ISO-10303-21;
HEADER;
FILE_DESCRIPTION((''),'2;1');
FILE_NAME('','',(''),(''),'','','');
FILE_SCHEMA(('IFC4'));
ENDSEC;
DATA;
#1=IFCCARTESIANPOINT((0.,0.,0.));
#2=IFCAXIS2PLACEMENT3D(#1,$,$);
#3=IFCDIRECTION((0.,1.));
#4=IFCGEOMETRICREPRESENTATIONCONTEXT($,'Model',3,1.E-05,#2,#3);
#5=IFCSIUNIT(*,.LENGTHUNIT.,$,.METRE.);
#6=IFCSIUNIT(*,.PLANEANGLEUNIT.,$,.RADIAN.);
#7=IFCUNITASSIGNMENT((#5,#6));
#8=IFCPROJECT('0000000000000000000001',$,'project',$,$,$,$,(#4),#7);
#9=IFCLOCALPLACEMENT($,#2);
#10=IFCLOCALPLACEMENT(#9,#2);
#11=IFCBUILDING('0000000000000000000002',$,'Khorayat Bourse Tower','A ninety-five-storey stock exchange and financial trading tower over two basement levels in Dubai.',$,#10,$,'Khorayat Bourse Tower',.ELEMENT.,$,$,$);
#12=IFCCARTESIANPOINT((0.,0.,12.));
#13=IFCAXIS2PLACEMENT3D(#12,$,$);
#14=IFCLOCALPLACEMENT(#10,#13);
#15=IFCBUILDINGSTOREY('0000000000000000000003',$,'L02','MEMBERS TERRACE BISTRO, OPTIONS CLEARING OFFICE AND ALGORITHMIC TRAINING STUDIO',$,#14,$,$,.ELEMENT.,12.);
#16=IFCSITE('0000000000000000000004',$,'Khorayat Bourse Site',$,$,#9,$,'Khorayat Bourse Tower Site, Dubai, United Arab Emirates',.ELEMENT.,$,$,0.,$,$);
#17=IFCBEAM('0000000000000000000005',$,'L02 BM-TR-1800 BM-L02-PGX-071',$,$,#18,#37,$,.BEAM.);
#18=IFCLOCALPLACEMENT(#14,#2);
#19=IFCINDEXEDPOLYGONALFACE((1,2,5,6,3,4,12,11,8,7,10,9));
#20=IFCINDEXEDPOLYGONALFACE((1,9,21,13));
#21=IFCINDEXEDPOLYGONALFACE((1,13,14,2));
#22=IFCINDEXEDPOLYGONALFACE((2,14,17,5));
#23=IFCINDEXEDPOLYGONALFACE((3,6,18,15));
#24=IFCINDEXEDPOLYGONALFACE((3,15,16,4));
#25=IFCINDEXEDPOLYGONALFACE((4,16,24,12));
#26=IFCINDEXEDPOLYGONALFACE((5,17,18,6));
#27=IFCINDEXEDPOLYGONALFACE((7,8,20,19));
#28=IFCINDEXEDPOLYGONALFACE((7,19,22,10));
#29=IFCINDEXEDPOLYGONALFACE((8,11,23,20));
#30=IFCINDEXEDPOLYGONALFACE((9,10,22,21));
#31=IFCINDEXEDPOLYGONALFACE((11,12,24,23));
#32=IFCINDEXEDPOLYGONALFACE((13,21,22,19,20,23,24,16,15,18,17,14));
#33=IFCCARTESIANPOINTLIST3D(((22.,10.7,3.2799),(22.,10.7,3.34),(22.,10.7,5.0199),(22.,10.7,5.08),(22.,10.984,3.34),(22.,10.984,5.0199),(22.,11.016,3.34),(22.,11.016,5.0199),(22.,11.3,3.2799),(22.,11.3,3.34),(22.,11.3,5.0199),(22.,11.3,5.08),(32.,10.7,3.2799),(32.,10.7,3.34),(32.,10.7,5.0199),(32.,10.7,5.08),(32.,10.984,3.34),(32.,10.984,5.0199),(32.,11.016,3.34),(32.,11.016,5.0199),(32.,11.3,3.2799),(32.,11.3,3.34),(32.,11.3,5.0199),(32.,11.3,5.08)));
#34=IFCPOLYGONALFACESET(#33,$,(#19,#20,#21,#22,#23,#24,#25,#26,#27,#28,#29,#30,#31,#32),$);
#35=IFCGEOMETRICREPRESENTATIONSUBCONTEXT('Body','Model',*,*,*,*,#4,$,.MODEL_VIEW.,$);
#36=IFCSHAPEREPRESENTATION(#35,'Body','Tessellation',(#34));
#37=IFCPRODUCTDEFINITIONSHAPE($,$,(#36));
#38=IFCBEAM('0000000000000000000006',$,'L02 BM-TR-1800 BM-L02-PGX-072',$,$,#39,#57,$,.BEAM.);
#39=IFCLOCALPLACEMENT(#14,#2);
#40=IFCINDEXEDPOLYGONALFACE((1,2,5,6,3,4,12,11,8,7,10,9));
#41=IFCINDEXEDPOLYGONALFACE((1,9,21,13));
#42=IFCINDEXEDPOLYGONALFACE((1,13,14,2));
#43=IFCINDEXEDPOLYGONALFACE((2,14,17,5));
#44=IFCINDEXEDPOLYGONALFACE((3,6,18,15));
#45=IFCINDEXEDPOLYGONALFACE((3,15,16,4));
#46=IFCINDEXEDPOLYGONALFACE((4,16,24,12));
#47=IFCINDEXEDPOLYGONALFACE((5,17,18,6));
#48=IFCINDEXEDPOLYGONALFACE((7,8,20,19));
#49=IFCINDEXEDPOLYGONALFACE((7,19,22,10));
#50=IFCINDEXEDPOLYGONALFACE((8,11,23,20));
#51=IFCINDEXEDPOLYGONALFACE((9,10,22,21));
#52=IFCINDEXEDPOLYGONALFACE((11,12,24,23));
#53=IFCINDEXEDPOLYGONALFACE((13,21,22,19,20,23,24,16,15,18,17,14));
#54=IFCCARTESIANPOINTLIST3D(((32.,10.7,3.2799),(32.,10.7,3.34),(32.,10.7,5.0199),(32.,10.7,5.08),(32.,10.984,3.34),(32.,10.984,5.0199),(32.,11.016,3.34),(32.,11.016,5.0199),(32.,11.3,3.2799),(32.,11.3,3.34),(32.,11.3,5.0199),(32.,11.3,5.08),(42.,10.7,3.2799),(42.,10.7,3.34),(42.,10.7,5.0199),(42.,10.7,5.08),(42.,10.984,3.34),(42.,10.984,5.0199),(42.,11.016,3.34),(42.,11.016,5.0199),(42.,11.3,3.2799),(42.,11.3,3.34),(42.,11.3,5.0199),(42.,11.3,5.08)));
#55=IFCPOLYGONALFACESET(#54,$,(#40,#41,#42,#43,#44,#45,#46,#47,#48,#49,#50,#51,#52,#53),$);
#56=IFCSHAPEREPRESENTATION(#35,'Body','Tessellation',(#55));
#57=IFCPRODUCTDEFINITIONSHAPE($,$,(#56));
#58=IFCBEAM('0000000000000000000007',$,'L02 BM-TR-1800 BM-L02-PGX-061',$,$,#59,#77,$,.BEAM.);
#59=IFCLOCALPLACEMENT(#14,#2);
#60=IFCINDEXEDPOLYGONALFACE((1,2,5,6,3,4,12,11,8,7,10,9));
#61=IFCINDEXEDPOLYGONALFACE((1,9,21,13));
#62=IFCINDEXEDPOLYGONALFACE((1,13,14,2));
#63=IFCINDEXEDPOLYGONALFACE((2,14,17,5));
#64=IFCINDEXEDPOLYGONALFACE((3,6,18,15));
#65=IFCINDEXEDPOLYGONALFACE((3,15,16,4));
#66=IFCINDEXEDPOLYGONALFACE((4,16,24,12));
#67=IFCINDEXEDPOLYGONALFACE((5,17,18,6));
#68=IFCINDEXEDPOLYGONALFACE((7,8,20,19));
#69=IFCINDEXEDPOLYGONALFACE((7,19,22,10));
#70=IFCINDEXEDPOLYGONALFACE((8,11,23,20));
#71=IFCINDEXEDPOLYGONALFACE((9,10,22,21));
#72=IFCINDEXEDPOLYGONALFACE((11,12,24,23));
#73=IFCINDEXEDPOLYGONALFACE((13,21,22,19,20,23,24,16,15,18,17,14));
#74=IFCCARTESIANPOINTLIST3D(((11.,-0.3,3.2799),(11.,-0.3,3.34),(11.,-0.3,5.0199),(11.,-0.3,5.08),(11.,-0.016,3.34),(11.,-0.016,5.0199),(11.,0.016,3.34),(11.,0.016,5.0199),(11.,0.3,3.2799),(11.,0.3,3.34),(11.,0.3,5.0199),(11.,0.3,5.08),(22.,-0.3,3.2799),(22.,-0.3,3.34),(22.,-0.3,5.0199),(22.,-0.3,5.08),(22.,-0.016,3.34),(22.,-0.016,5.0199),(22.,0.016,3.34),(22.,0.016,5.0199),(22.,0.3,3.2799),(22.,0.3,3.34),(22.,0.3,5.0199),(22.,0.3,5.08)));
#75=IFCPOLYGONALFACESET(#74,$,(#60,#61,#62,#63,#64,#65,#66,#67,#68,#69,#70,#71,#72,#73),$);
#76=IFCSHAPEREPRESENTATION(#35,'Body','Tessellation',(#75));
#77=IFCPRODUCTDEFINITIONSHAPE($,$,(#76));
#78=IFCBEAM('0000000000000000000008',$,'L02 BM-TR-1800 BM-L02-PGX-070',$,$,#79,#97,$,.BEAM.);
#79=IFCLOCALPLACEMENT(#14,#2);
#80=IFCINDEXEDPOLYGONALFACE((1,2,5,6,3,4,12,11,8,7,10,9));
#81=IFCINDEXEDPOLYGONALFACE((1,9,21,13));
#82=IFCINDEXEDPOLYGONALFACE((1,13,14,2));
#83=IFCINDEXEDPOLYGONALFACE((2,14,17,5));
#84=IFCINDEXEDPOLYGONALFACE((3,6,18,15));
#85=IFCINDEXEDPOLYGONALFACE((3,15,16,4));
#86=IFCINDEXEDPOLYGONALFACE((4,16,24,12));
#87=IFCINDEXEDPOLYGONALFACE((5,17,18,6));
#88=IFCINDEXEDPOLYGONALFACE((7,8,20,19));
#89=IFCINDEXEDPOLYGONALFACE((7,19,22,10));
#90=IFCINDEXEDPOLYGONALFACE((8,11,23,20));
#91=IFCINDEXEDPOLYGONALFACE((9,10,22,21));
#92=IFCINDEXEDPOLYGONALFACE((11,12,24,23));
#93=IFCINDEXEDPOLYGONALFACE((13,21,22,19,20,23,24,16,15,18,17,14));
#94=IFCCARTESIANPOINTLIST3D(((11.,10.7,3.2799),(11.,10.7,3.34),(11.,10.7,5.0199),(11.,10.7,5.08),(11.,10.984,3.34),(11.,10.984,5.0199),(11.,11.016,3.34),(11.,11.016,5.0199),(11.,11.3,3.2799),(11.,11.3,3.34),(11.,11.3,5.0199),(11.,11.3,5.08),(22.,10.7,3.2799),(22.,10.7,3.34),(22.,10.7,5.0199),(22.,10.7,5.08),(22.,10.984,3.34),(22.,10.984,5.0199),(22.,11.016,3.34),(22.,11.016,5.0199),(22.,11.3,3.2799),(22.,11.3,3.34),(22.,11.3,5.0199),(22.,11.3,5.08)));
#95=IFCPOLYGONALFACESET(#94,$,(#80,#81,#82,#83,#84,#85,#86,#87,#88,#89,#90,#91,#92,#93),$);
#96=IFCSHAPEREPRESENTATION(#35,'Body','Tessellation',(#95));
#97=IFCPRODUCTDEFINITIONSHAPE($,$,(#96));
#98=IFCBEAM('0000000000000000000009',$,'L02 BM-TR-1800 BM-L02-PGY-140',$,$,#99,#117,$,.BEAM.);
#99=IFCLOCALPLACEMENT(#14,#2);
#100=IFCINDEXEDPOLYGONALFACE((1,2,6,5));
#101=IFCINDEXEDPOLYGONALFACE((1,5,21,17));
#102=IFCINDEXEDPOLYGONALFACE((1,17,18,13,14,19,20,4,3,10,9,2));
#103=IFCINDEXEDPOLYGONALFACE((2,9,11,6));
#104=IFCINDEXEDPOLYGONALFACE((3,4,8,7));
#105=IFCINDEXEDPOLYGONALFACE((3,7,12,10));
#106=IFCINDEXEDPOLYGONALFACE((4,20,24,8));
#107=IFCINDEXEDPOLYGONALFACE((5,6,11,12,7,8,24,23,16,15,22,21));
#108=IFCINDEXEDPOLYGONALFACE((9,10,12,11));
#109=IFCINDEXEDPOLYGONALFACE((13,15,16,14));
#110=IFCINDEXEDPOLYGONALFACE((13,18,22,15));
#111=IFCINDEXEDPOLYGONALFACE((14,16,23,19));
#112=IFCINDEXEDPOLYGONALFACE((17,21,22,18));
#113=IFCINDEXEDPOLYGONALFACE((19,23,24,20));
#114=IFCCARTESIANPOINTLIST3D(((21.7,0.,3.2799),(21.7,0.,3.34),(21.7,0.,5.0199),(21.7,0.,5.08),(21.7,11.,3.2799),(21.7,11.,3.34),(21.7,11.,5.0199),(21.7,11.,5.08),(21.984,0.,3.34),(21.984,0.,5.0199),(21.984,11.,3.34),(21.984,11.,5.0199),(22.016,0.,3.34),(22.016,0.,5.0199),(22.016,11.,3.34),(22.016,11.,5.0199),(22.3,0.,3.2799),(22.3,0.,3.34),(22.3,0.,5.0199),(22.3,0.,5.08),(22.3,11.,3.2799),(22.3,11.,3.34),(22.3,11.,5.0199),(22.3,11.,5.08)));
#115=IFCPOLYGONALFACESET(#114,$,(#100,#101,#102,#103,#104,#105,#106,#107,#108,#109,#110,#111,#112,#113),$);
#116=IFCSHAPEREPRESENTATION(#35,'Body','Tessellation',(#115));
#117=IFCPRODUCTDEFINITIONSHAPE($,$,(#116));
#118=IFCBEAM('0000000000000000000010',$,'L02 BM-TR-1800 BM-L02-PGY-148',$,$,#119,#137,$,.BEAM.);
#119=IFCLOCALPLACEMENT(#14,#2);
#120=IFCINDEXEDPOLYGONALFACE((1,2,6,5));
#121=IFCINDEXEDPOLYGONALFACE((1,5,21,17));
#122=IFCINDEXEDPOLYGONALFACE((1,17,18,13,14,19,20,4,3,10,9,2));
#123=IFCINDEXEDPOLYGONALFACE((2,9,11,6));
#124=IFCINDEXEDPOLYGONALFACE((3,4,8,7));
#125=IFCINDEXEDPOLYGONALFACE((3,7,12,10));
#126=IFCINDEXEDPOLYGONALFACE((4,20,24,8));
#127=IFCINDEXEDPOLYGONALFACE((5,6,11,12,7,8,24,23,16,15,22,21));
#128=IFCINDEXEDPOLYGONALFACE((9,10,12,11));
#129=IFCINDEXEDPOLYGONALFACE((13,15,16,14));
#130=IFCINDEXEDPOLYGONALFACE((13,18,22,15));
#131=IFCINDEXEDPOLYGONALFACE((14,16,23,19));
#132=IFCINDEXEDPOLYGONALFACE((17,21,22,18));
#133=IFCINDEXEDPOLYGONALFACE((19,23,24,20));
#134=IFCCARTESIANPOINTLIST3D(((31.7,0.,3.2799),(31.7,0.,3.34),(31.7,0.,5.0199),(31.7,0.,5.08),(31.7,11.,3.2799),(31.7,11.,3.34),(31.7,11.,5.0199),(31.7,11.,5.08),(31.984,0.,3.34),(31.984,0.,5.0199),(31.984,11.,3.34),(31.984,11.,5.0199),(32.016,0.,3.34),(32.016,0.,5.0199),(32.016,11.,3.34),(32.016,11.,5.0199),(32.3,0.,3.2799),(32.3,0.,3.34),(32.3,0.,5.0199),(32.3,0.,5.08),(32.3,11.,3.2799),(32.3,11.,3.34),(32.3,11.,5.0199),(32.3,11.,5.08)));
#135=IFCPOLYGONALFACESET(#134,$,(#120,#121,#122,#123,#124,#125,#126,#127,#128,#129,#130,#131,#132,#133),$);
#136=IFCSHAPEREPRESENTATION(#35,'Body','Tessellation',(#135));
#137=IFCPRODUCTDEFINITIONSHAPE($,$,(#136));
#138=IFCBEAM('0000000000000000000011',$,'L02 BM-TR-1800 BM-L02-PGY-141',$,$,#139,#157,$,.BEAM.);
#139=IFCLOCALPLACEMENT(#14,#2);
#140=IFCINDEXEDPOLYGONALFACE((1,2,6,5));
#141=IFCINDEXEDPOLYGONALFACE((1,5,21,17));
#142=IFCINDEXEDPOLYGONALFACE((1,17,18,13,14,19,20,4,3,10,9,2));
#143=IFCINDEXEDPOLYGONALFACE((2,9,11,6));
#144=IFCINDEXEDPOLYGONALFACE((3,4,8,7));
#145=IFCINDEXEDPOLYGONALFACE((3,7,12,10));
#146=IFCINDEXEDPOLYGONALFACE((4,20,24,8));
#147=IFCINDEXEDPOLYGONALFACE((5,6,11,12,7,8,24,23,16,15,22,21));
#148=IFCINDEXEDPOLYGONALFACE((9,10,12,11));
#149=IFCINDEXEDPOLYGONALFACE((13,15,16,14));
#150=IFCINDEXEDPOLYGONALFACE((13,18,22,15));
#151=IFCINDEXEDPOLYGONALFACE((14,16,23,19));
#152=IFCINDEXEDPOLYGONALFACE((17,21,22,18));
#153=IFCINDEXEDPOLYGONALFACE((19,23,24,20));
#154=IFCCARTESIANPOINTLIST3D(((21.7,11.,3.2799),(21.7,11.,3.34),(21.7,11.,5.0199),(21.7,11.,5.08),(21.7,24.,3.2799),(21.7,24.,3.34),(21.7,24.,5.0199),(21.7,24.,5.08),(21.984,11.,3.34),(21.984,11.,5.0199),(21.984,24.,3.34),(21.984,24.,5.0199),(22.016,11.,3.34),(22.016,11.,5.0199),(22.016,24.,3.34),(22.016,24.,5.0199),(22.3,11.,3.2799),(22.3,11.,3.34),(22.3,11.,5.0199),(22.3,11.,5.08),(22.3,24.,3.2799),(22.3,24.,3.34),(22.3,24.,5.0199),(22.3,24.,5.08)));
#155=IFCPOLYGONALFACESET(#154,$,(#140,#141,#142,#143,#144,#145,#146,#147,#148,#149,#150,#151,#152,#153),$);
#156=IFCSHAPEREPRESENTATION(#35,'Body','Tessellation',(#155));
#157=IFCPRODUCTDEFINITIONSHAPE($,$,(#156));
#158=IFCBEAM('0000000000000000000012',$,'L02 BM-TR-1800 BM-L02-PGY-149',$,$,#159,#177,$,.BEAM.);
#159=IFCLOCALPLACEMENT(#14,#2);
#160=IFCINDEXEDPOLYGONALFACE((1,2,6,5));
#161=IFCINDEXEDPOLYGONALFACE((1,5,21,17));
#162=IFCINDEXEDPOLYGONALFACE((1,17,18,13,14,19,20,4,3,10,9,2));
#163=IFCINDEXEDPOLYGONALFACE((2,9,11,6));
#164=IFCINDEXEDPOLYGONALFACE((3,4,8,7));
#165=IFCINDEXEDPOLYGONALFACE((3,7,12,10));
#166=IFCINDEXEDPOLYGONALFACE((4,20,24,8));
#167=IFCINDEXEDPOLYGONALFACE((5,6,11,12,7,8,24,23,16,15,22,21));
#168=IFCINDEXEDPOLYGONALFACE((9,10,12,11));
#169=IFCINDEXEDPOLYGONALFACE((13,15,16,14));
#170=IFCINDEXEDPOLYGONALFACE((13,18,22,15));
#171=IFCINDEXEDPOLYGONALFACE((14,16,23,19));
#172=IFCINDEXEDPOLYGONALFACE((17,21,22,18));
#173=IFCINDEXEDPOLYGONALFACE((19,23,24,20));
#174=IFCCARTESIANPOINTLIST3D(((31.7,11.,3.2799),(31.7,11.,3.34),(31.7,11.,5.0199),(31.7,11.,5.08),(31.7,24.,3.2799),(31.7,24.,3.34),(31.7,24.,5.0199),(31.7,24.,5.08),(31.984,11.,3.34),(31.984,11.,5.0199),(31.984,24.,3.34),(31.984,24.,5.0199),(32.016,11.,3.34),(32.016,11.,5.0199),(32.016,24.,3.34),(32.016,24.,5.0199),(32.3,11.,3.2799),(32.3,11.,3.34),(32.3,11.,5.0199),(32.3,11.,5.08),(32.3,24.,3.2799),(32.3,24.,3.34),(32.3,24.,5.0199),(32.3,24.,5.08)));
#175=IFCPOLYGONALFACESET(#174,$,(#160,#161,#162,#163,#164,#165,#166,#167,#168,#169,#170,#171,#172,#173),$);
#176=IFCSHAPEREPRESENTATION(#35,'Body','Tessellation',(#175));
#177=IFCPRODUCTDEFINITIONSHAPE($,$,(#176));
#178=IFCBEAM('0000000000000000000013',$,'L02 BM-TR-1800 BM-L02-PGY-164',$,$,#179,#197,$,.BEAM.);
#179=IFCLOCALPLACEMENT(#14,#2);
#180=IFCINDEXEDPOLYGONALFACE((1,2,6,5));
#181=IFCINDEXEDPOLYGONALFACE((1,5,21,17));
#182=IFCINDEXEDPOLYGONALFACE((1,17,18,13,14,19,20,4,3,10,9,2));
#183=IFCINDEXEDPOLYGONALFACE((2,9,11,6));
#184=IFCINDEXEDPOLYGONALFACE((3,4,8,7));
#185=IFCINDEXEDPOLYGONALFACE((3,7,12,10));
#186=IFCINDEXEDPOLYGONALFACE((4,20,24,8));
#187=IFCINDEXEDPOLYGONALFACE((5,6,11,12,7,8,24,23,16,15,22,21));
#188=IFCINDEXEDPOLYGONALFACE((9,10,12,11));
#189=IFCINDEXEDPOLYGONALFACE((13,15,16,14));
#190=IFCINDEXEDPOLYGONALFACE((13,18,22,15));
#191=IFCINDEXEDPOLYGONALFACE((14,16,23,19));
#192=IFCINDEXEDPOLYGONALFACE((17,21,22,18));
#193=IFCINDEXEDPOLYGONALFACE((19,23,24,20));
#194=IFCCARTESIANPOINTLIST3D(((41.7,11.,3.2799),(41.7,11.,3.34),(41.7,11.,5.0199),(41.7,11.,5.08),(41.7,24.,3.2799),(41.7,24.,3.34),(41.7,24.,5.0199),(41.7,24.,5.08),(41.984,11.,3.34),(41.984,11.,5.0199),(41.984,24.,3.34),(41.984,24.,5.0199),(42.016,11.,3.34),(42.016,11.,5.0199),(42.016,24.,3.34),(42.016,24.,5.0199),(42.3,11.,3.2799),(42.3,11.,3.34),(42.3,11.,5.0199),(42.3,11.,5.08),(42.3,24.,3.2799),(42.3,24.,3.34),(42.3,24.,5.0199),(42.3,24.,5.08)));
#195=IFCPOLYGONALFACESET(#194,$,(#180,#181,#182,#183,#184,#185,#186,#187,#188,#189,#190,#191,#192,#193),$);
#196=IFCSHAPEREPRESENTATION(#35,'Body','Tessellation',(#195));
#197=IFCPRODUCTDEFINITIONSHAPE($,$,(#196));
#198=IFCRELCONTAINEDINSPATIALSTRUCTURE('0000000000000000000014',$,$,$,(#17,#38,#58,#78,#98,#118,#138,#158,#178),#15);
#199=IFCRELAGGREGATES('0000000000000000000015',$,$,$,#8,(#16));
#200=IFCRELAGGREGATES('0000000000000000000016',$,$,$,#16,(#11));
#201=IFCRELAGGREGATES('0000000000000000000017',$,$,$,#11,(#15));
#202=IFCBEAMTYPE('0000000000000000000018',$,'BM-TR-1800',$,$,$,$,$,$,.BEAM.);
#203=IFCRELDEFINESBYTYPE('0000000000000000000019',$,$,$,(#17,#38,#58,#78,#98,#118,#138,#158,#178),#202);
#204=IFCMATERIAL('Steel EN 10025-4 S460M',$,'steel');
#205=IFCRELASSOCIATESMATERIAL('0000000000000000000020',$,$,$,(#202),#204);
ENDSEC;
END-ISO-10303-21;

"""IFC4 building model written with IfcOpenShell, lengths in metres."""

from ifc_helpers import new_model, si_unit, direction, frame, origin, origin_2d, place, context, subcontext, project, spatial, i_section, extrude, source, transform, mapped, material, material_profile, profile_set, type_object, element, save


model = new_model("IFC4")

# Units and contexts
model_context = context("Model", 3, precision=1e-05, world=origin(), true_north=direction((0.0, 1.0)))
body_context = subcontext(model_context, "Body", "Model", "MODEL_VIEW")
ifc_project = project(units=[si_unit("LENGTHUNIT", "METRE"), si_unit("PLANEANGLEUNIT", "RADIAN")], contexts=[model_context])

# Site, building, storey
site_placement = place(None, origin())
site = spatial("IfcSite", under=ifc_project, at=site_placement, Name="Khorayat Bourse Site", LongName="Khorayat Bourse Tower Site, Dubai, United Arab Emirates", CompositionType="ELEMENT", RefElevation=0.0)
building_placement = place(site_placement, origin())
building = spatial("IfcBuilding", under=site, at=building_placement, Name="Khorayat Bourse Tower", Description="A ninety-five-storey stock exchange and financial trading tower over two basement levels in Dubai.", LongName="Khorayat Bourse Tower", CompositionType="ELEMENT")
storey_placement = place(building_placement, frame((0.0, 0.0, 12.0)))
storey = spatial("IfcBuildingStorey", under=building, at=storey_placement, Name="L02", Description="MEMBERS TERRACE BISTRO, OPTIONS CLEARING OFFICE AND ALGORITHMIC TRAINING STUDIO", CompositionType="ELEMENT", Elevation=12.0)

# Beams
ifc_material_1 = material(Name="Steel EN 10025-4 S460M", Category="steel")
ifc_material_profile_1 = material_profile(ifc_material_1, i_section(OverallWidth=0.6001, OverallDepth=1.8, WebThickness=0.032, FlangeThickness=0.0601, at=origin_2d()), Name="PG 1800x600x32x60")
ifc_profile_set_1 = profile_set([ifc_material_profile_1], Name="Steel EN 10025-4 S460M")
beam_type_1 = type_object("IfcBeamType", Name="BM-TR-1800", PredefinedType="BEAM", material=ifc_profile_set_1)
shared_shape_1 = source(origin(), body_context, "Body", "SweptSolid", [
    extrude(i_section(OverallWidth=0.6001, OverallDepth=1.8, WebThickness=0.032, FlangeThickness=0.0601, at=origin_2d()), origin(), (0.0, 0.0, 1.0), 10.0),
])
for number, where, z_axis, x_axis, name in (
    (1, (22.0, 11.0, 4.1799), (1.0, 0.0, 0.0), (0.0, 1.0, 0.0), "L02 BM-TR-1800 BM-L02-PGX-071"),
    (2, (32.0, 11.0, 4.1799), (1.0, 0.0, 0.0), (0.0, 1.0, 0.0), "L02 BM-TR-1800 BM-L02-PGX-072"),
):
    element("IfcBeam", number, at=place(storey_placement, frame(where, z_axis=z_axis, x_axis=x_axis)), inside=storey, type_object=beam_type_1, Name=name, PredefinedType="BEAM", context=body_context, shape_type="MappedRepresentation", body=[
        mapped(shared_shape_1, transform((0.0, 0.0, 0.0), scale=1.0)),
    ])
shared_shape_2 = source(origin(), body_context, "Body", "SweptSolid", [
    extrude(i_section(OverallWidth=0.6001, OverallDepth=1.8, WebThickness=0.032, FlangeThickness=0.0601, at=origin_2d()), origin(), (0.0, 0.0, 1.0), 11.0),
])
for number, where, z_axis, x_axis, name in (
    (3, (11.0, 0.0, 4.1799), (1.0, 0.0, 0.0), (0.0, 1.0, 0.0), "L02 BM-TR-1800 BM-L02-PGX-061"),
    (4, (11.0, 11.0, 4.1799), (1.0, 0.0, 0.0), (0.0, 1.0, 0.0), "L02 BM-TR-1800 BM-L02-PGX-070"),
    (5, (22.0, 0.0, 4.1799), (0.0, 1.0, 0.0), (-1.0, 0.0, 0.0), "L02 BM-TR-1800 BM-L02-PGY-140"),
    (6, (32.0, 0.0, 4.1799), (0.0, 1.0, 0.0), (-1.0, 0.0, 0.0), "L02 BM-TR-1800 BM-L02-PGY-148"),
):
    element("IfcBeam", number, at=place(storey_placement, frame(where, z_axis=z_axis, x_axis=x_axis)), inside=storey, type_object=beam_type_1, Name=name, PredefinedType="BEAM", context=body_context, shape_type="MappedRepresentation", body=[
        mapped(shared_shape_2, transform((0.0, 0.0, 0.0), scale=1.0)),
    ])
shared_shape_3 = source(origin(), body_context, "Body", "SweptSolid", [
    extrude(i_section(OverallWidth=0.6001, OverallDepth=1.8, WebThickness=0.032, FlangeThickness=0.0601, at=origin_2d()), origin(), (0.0, 0.0, 1.0), 13.0),
])
for number, where, z_axis, x_axis, name in (
    (7, (22.0, 11.0, 4.1799), (0.0, 1.0, 0.0), (-1.0, 0.0, 0.0), "L02 BM-TR-1800 BM-L02-PGY-141"),
    (8, (32.0, 11.0, 4.1799), (0.0, 1.0, 0.0), (-1.0, 0.0, 0.0), "L02 BM-TR-1800 BM-L02-PGY-149"),
    (9, (42.0, 11.0, 4.1799), (0.0, 1.0, 0.0), (-1.0, 0.0, 0.0), "L02 BM-TR-1800 BM-L02-PGY-164"),
):
    element("IfcBeam", number, at=place(storey_placement, frame(where, z_axis=z_axis, x_axis=x_axis)), inside=storey, type_object=beam_type_1, Name=name, PredefinedType="BEAM", context=body_context, shape_type="MappedRepresentation", body=[
        mapped(shared_shape_3, transform((0.0, 0.0, 0.0), scale=1.0)),
    ])

save(model, "model.ifc")
